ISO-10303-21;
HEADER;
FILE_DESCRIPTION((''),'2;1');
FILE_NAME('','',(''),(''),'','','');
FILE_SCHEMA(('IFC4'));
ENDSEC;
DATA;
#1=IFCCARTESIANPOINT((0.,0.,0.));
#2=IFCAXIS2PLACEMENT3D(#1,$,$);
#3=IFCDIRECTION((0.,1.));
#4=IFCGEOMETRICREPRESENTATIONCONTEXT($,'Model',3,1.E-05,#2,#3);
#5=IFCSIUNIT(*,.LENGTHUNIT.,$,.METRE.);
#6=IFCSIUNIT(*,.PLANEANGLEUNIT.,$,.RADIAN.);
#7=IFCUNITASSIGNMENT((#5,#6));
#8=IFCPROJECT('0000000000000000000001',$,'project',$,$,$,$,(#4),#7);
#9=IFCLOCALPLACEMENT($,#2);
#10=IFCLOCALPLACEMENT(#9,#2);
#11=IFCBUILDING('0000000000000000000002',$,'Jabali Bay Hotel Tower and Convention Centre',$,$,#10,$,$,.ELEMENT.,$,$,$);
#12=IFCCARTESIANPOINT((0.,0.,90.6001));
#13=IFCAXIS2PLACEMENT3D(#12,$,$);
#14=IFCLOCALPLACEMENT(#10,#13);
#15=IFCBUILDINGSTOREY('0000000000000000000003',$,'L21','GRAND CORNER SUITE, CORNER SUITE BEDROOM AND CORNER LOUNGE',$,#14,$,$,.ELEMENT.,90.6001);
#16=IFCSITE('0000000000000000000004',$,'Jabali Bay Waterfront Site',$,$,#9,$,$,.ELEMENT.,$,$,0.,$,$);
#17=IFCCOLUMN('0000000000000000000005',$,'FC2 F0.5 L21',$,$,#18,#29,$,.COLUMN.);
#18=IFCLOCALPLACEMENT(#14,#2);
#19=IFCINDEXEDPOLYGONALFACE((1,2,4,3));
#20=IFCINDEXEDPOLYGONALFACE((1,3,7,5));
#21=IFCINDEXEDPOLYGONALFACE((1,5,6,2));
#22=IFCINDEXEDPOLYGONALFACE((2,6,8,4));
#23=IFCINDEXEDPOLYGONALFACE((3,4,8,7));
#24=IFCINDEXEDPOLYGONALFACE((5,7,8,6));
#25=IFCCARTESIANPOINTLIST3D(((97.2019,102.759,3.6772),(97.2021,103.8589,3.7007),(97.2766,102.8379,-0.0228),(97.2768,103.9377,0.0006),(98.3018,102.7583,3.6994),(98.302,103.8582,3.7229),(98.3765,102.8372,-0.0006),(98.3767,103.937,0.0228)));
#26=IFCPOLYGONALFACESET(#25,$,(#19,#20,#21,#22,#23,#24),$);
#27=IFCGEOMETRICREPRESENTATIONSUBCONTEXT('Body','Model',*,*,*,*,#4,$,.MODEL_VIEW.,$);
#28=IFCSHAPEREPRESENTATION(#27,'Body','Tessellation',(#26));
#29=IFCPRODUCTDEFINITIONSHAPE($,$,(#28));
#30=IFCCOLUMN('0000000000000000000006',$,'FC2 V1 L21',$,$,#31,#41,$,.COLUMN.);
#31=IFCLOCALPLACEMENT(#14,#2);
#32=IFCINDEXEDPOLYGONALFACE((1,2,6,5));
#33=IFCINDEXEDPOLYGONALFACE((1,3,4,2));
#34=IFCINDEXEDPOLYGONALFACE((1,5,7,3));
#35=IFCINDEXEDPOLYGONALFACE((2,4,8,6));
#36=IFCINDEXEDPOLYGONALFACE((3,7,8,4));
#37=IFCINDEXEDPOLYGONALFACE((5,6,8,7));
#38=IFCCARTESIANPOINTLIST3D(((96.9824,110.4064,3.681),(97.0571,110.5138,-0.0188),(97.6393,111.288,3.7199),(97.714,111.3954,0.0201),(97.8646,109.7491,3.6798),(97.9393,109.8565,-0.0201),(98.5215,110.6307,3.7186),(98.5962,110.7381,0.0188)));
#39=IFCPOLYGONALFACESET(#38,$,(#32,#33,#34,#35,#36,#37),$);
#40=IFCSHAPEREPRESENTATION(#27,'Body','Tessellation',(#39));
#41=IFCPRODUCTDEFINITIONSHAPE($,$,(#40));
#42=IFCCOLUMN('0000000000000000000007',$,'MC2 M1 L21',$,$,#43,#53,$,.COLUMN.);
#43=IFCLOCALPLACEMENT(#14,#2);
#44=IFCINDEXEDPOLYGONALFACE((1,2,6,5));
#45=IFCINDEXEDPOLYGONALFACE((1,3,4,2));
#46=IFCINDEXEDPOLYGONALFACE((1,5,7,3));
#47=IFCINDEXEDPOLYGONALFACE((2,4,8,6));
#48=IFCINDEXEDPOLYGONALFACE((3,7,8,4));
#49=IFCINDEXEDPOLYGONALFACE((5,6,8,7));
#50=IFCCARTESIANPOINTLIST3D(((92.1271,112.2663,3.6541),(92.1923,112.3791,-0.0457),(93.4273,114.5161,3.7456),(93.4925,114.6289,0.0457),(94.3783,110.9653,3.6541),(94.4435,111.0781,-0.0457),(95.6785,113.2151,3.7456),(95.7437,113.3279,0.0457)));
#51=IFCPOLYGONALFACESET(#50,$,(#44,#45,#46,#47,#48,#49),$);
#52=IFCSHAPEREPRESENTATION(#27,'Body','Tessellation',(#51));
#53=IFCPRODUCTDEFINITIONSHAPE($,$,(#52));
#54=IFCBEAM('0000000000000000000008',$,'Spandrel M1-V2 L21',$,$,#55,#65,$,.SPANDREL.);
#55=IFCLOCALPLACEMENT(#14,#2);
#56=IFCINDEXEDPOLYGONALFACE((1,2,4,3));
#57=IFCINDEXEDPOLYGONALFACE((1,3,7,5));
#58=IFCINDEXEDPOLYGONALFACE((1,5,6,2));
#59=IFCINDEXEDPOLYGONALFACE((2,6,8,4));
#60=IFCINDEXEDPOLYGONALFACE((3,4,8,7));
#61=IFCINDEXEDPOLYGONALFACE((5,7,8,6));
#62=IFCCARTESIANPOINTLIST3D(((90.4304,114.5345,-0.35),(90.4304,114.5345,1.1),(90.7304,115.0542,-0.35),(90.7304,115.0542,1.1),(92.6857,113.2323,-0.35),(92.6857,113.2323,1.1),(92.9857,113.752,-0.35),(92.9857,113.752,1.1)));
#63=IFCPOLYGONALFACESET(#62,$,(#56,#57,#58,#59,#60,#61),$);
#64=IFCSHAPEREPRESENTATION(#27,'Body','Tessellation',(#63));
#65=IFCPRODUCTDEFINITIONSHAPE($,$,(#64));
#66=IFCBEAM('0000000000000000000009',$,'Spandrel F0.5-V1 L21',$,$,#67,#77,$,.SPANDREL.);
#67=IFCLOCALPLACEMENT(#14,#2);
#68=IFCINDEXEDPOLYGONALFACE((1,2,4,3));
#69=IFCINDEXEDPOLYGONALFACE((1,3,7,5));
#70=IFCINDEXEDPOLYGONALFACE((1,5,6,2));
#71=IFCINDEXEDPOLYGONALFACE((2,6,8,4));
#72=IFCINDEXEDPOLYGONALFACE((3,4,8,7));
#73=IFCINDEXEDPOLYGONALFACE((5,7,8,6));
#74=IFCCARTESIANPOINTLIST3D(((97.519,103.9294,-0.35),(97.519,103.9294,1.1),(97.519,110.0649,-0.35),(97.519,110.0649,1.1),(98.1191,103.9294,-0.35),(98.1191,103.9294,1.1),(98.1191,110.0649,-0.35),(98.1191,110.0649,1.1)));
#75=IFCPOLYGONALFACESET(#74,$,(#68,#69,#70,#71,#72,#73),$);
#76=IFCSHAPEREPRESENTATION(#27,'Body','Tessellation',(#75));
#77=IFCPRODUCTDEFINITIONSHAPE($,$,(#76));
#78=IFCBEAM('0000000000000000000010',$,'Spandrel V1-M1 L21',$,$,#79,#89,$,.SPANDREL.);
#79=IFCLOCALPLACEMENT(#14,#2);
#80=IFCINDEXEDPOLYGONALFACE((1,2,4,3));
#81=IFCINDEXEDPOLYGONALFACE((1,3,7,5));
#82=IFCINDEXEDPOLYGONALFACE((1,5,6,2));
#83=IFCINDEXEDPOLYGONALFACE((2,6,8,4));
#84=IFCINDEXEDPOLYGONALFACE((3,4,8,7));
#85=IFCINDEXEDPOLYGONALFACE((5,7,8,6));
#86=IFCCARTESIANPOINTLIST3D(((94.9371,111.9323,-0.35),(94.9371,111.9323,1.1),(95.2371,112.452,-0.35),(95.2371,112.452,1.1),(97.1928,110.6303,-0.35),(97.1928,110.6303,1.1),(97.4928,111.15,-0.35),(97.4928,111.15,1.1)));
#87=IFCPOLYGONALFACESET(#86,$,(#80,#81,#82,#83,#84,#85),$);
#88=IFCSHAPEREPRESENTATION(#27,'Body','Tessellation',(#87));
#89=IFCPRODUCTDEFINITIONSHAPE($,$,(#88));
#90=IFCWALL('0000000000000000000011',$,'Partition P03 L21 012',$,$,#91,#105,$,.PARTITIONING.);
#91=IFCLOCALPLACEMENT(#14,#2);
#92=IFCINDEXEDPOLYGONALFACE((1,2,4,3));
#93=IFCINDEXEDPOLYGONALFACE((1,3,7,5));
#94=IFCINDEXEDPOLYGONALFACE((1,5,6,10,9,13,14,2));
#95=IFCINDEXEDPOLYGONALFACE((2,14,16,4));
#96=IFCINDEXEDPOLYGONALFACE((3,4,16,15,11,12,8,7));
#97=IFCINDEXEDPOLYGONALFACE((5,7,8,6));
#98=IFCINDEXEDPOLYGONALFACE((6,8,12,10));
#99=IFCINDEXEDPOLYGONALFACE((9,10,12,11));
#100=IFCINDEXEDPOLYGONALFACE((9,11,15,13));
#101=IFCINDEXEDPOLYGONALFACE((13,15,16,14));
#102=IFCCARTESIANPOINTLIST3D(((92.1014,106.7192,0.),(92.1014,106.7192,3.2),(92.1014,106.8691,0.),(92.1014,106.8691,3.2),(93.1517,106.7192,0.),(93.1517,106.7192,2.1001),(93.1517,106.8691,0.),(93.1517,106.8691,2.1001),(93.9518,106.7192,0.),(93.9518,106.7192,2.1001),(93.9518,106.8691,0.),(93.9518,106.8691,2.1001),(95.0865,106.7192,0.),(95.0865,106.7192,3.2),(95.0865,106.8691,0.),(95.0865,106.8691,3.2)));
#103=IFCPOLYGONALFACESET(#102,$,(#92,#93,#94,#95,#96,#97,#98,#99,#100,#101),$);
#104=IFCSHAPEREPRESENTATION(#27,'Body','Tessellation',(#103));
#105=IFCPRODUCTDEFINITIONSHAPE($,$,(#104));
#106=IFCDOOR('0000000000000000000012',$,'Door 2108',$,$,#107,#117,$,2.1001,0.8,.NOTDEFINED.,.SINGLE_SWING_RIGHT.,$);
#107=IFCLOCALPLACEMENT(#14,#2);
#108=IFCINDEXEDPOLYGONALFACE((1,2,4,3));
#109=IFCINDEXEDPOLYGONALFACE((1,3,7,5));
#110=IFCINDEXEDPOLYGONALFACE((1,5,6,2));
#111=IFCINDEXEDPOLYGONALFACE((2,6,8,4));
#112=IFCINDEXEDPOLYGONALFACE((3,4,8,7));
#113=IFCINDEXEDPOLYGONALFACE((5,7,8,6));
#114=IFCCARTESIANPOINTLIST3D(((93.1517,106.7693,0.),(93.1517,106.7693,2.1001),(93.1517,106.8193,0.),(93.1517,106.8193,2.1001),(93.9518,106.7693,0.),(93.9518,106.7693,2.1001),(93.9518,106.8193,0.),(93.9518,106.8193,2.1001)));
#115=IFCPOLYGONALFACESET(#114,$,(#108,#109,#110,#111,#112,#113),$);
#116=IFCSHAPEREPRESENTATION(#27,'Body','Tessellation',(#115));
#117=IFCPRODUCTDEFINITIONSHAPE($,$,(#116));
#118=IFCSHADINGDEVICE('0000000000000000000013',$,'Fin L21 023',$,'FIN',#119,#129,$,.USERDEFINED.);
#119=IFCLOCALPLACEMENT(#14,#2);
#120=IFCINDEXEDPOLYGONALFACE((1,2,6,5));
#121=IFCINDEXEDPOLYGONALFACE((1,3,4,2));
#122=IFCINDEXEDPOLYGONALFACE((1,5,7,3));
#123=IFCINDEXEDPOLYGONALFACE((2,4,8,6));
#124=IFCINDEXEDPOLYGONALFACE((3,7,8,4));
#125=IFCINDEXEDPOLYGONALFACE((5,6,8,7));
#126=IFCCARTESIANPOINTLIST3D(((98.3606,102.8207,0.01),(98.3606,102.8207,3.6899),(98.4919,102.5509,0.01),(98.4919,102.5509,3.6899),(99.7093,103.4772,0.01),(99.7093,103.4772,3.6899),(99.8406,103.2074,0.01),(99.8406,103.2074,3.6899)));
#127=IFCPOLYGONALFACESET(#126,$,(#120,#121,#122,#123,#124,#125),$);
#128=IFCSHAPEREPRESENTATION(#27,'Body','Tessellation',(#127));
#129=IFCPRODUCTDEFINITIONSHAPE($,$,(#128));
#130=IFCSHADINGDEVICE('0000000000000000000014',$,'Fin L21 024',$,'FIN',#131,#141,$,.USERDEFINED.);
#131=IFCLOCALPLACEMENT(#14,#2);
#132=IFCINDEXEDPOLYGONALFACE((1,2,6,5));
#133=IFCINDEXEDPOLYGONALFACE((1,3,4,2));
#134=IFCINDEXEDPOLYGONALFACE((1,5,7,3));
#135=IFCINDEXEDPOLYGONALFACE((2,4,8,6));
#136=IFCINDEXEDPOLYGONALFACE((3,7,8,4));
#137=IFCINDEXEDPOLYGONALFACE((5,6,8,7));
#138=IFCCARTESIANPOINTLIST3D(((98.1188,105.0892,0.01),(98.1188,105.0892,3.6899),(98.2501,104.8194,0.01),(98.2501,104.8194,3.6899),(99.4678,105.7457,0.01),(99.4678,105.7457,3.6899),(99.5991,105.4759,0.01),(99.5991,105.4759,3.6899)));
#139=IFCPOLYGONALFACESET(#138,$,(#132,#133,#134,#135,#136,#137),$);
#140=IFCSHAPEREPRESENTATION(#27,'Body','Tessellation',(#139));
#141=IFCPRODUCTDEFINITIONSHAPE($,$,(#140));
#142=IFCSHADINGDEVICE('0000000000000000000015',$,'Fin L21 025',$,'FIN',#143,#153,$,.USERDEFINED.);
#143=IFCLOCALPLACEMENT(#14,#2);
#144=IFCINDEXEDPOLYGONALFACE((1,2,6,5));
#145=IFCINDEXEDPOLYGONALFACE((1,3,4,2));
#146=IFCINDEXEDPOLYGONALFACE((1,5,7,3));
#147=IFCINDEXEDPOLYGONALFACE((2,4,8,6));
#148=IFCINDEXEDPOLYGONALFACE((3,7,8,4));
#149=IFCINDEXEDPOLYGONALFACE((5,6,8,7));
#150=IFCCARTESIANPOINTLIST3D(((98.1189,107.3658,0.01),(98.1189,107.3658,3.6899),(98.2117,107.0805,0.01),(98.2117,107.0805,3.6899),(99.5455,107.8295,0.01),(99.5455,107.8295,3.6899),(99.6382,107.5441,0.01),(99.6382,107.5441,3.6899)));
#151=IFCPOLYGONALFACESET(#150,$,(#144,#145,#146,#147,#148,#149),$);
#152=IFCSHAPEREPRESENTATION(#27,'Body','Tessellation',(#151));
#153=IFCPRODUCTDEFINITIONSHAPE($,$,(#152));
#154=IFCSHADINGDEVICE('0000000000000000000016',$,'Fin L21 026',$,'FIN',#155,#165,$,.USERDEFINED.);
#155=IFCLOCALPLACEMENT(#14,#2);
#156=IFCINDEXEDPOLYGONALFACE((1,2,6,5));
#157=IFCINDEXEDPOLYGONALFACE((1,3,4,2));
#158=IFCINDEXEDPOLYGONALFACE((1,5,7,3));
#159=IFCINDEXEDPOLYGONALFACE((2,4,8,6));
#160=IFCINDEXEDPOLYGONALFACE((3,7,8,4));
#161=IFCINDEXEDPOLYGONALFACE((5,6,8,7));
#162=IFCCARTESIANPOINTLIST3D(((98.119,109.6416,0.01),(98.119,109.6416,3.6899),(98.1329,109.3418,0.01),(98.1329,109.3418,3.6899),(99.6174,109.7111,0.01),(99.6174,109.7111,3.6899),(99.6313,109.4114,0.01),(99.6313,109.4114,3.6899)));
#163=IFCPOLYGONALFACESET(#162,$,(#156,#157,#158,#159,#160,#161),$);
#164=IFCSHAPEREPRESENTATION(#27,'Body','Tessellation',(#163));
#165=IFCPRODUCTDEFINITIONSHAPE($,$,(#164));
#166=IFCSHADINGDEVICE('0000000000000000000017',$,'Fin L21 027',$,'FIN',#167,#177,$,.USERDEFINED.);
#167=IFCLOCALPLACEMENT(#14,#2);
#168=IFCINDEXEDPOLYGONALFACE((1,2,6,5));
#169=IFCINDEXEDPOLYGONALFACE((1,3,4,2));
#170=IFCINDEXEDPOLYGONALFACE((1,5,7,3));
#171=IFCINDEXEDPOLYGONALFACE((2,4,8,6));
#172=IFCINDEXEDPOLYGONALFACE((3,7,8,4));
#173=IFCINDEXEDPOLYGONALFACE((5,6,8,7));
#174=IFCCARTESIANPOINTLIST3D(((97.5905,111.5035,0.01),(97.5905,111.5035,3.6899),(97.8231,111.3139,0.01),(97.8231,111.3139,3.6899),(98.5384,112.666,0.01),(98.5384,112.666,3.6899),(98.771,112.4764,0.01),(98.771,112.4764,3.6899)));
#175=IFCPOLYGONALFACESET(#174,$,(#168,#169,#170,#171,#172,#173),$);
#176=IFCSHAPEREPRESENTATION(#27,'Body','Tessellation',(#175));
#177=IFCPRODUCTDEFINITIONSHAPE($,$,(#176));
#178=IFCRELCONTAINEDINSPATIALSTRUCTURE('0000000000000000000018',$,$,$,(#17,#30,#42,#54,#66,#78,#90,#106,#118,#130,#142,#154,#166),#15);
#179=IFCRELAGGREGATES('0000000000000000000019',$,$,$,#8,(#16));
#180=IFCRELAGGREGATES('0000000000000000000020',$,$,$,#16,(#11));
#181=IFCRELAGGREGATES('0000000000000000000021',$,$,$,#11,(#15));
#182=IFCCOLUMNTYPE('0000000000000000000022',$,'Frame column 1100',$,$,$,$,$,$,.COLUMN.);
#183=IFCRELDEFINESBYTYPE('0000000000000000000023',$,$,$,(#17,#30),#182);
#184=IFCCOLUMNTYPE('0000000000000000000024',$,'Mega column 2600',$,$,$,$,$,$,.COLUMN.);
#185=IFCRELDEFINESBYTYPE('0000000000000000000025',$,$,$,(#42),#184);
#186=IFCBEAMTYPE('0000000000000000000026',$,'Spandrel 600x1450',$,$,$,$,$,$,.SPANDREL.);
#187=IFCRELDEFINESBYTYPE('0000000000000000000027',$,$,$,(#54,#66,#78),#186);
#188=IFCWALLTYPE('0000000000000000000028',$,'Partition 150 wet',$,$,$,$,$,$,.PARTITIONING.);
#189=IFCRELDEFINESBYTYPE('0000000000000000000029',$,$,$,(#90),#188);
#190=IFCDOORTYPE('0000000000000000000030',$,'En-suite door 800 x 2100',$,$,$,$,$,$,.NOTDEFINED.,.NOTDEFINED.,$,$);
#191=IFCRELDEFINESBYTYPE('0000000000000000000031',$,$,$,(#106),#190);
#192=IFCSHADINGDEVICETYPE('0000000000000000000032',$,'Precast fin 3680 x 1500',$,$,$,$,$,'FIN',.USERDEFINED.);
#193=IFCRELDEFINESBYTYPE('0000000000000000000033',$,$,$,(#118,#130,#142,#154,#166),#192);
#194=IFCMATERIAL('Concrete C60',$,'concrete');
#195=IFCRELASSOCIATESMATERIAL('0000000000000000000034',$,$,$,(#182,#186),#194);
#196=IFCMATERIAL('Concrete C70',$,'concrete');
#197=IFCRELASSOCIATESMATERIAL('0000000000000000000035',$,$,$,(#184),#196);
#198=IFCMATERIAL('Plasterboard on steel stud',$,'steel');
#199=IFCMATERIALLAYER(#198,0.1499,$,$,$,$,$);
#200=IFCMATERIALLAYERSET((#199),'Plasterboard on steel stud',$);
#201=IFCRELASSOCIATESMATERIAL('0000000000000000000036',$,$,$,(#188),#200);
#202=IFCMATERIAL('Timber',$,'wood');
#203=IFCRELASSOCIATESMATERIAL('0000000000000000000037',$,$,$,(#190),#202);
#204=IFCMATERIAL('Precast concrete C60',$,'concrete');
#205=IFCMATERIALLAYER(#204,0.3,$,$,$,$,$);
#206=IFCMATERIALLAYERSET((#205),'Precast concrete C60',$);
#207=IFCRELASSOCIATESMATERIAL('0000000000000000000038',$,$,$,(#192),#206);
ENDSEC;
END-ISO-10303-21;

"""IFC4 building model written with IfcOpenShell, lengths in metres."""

from ifc_helpers import new_model, si_unit, direction, frame, frame_2d, origin, origin_2d, place, context, subcontext, project, spatial, rectangle, extrude, material, layer, layer_set, material_profile, profile_set, type_object, element, fill, save


model = new_model("IFC4")

# Units and contexts
model_context = context("Model", 3, precision=1e-05, world=origin(), true_north=direction((0.0, 1.0)))
body_context = subcontext(model_context, "Body", "Model", "MODEL_VIEW")
ifc_project = project(units=[si_unit("LENGTHUNIT", "METRE"), si_unit("PLANEANGLEUNIT", "RADIAN")], contexts=[model_context])

# Site, building, storey
site_placement = place(None, origin())
site = spatial("IfcSite", under=ifc_project, at=site_placement, Name="Jabali Bay Waterfront Site", CompositionType="ELEMENT", RefElevation=0.0)
building_placement = place(site_placement, origin())
building = spatial("IfcBuilding", under=site, at=building_placement, Name="Jabali Bay Hotel Tower and Convention Centre", CompositionType="ELEMENT")
storey_placement = place(building_placement, frame((0.0, 0.0, 90.6001)))
storey = spatial("IfcBuildingStorey", under=building, at=storey_placement, Name="L21", Description="GRAND CORNER SUITE, CORNER SUITE BEDROOM AND CORNER LOUNGE", CompositionType="ELEMENT", Elevation=90.6001)

# Columns
ifc_material_1 = material(Name="Concrete C60", Category="concrete")
ifc_material_profile_1 = material_profile(ifc_material_1, rectangle(XDim=1.1001, YDim=1.1001, at=origin_2d()), Name="Frame column 1100")
ifc_profile_set_1 = profile_set([ifc_material_profile_1], Name="Concrete C60")
column_type_1 = type_object("IfcColumnType", Name="Frame column 1100", PredefinedType="COLUMN", material=ifc_profile_set_1)
column_1_placement = place(storey_placement, frame((97.8267, 103.3875, 0.0), z_axis=(-0.020183, -0.021304, 0.999569), x_axis=(0.999796, -0.000658, 0.020173)))
element("IfcColumn", 1, at=column_1_placement, inside=storey, type_object=column_type_1, Name="FC2 F0.5 L21", PredefinedType="COLUMN", context=body_context, shape_type="SweptSolid", body=[
    extrude(rectangle(XDim=1.1001, YDim=1.1001, at=origin_2d()), origin(), (0.0, 0.0, 1.0), 3.7017),
])
column_2_placement = place(storey_placement, frame((97.8267, 110.626, 0.0), z_axis=(-0.020179, -0.029015, 0.999375), x_axis=(0.597119, 0.801374, 0.035323)))
element("IfcColumn", 2, at=column_2_placement, inside=storey, type_object=column_type_1, Name="FC2 V1 L21", PredefinedType="COLUMN", context=body_context, shape_type="SweptSolid", body=[
    extrude(rectangle(XDim=1.1001, YDim=1.1001, at=origin_2d()), origin(), (0.0, 0.0, 1.0), 3.7021),
])
ifc_material_2 = material(Name="Concrete C70", Category="concrete")
ifc_material_profile_2 = material_profile(ifc_material_2, rectangle(XDim=2.6001, YDim=2.6001, at=origin_2d()), Name="Mega column 2600")
ifc_profile_set_2 = profile_set([ifc_material_profile_2], Name="Concrete C70")
column_type_2 = type_object("IfcColumnType", Name="Mega column 2600", PredefinedType="COLUMN", material=ifc_profile_set_2)
column_3_placement = place(storey_placement, frame((93.968, 112.8535, 0.0), z_axis=(-0.017607, -0.030466, 0.999381), x_axis=(0.865811, -0.500371, 0.0)))
element("IfcColumn", 3, at=column_3_placement, inside=storey, type_object=column_type_2, Name="MC2 M1 L21", PredefinedType="COLUMN", context=body_context, shape_type="SweptSolid", body=[
    extrude(rectangle(XDim=2.6001, YDim=2.6001, at=origin_2d()), origin(), (0.0, 0.0, 1.0), 3.7021),
])

# Beams
ifc_material_profile_3 = material_profile(ifc_material_1, rectangle(XDim=0.6001, YDim=1.45, at=origin_2d()), Name="Spandrel 600x1450")
ifc_profile_set_3 = profile_set([ifc_material_profile_3], Name="Concrete C60")
beam_type = type_object("IfcBeamType", Name="Spandrel 600x1450", PredefinedType="SPANDREL", material=ifc_profile_set_3)
beam_1_placement = place(storey_placement, frame((92.8357, 113.4922, 0.375), z_axis=(-0.866008, 0.500031, 0.0), x_axis=(-0.500031, -0.866008, 0.0)))
element("IfcBeam", 4, at=beam_1_placement, inside=storey, type_object=beam_type, Name="Spandrel M1-V2 L21", PredefinedType="SPANDREL", context=body_context, shape_type="SweptSolid", body=[
    extrude(rectangle(XDim=0.6001, YDim=1.45, at=origin_2d()), origin(), (0.0, 0.0, 1.0), 2.6042),
])
beam_2_placement = place(storey_placement, frame((97.8191, 103.9294, 0.375), z_axis=(0.0, 1.0, 0.0), x_axis=(-1.0, 0.0, 0.0)))
element("IfcBeam", 5, at=beam_2_placement, inside=storey, type_object=beam_type, Name="Spandrel F0.5-V1 L21", PredefinedType="SPANDREL", context=body_context, shape_type="SweptSolid", body=[
    extrude(rectangle(XDim=0.6001, YDim=1.45, at=origin_2d()), origin(), (0.0, 0.0, 1.0), 6.1355),
])
beam_3_placement = place(storey_placement, frame((97.3428, 110.8901, 0.375), z_axis=(-0.866072, 0.49992, 0.0), x_axis=(-0.49992, -0.866072, 0.0)))
element("IfcBeam", 6, at=beam_3_placement, inside=storey, type_object=beam_type, Name="Spandrel V1-M1 L21", PredefinedType="SPANDREL", context=body_context, shape_type="SweptSolid", body=[
    extrude(rectangle(XDim=0.6001, YDim=1.45, at=origin_2d()), origin(), (0.0, 0.0, 1.0), 2.6045),
])

# Wall, opening, door
ifc_material_3 = material(Name="Plasterboard on steel stud", Category="steel")
ifc_layer_1 = layer(ifc_material_3, 0.1499)
ifc_layer_set_1 = layer_set([ifc_layer_1], Name="Plasterboard on steel stud")
wall_type_1 = type_object("IfcWallType", Name="Partition 150 wet", PredefinedType="PARTITIONING", material=ifc_layer_set_1)
wall_1_placement = place(storey_placement, frame((95.0867, 106.7942, 0.0), z_axis=(0.0, 0.0, 1.0), x_axis=(-1.0, 0.0, 0.0)))
wall_1 = element("IfcWall", 7, at=wall_1_placement, inside=storey, type_object=wall_type_1, Name="Partition P03 L21 012", PredefinedType="PARTITIONING", context=body_context, shape_type="SweptSolid", body=[
    extrude(rectangle(XDim=2.9851, YDim=0.1499, at=frame_2d((1.4927, 0.0))), origin(), (0.0, 0.0, 1.0), 3.2),
])
opening_1_placement = place(wall_1_placement, frame((1.135, 0.0, 0.0)))
opening_1 = element("IfcOpeningElement", 8, at=opening_1_placement, cuts=wall_1, PredefinedType="OPENING", context=body_context, shape_type="SweptSolid", body=[
    extrude(rectangle(XDim=0.8, YDim=2.1001, at=frame_2d((0.3999, 1.05))), frame((0.0, 0.0854, 0.0), z_axis=(0.0, -1.0, 0.0), x_axis=(1.0, 0.0, 0.0)), (0.0, 0.0, 1.0), 0.1709),
])
ifc_material_4 = material(Name="Timber", Category="wood")
door_type_1 = type_object("IfcDoorType", Name="En-suite door 800 x 2100", OperationType="NOTDEFINED", PredefinedType="NOTDEFINED", material=ifc_material_4)
door_1_placement = place(opening_1_placement, origin())
door_1 = element("IfcDoor", 9, at=door_1_placement, inside=storey, type_object=door_type_1, Name="Door 2108", OperationType="SINGLE_SWING_RIGHT", OverallHeight=2.1001, OverallWidth=0.8, PredefinedType="NOTDEFINED", context=body_context, shape_type="SweptSolid", body=[
    extrude(rectangle(XDim=0.8, YDim=2.1001, at=frame_2d((0.3999, 1.05))), frame((0.0, 0.0249, 0.0), z_axis=(0.0, -1.0, 0.0), x_axis=(1.0, 0.0, 0.0)), (0.0, 0.0, 1.0), 0.05),
])
fill(opening_1, door_1)

# Shading devices
ifc_material_5 = material(Name="Precast concrete C60", Category="concrete")
ifc_layer_2 = layer(ifc_material_5, 0.3)
ifc_layer_set_2 = layer_set([ifc_layer_2], Name="Precast concrete C60")
shading_device_type = type_object("IfcShadingDeviceType", Name="Precast fin 3680 x 1500", ElementType="FIN", PredefinedType="USERDEFINED", material=ifc_layer_set_2)
shading_device_1_placement = place(storey_placement, frame((98.4263, 102.6858, 0.01), z_axis=(0.0, 0.0, 1.0), x_axis=(0.899129, 0.437683, 0.0)))
element("IfcShadingDevice", 10, at=shading_device_1_placement, inside=storey, type_object=shading_device_type, Name="Fin L21 023", ObjectType="FIN", PredefinedType="USERDEFINED", context=body_context, shape_type="SweptSolid", body=[
    extrude(rectangle(XDim=1.5, YDim=0.3, at=frame_2d((0.75, 0.0))), origin(), (0.0, 0.0, 1.0), 3.6799),
])
shading_device_2_placement = place(storey_placement, frame((98.1846, 104.9543, 0.01), z_axis=(0.0, 0.0, 1.0), x_axis=(0.899161, 0.437619, 0.0)))
element("IfcShadingDevice", 11, at=shading_device_2_placement, inside=storey, type_object=shading_device_type, Name="Fin L21 024", ObjectType="FIN", PredefinedType="USERDEFINED", context=body_context, shape_type="SweptSolid", body=[
    extrude(rectangle(XDim=1.5002, YDim=0.3, at=frame_2d((0.75, 0.0))), origin(), (0.0, 0.0, 1.0), 3.6799),
])
for number, where, z_axis, x_axis, name in (
    (12, (98.1653, 107.2231, 0.01), (0.0, 0.0, 1.0), (0.951033, 0.30909, 0.0), "Fin L21 025"),
    (13, (98.126, 109.4917, 0.01), (0.0, 0.0, 1.0), (0.998923, 0.04639, 0.0), "Fin L21 026"),
    (14, (97.7068, 111.4087, 0.01), (0.0, 0.0, 1.0), (0.631952, 0.775008, 0.0), "Fin L21 027"),
):
    element("IfcShadingDevice", number, at=place(storey_placement, frame(where, z_axis=z_axis, x_axis=x_axis)), inside=storey, type_object=shading_device_type, Name=name, ObjectType="FIN", PredefinedType="USERDEFINED", context=body_context, shape_type="SweptSolid", body=[
        extrude(rectangle(XDim=1.5, YDim=0.3, at=frame_2d((0.75, 0.0))), origin(), (0.0, 0.0, 1.0), 3.6799),
    ])

save(model, "model.ifc")
